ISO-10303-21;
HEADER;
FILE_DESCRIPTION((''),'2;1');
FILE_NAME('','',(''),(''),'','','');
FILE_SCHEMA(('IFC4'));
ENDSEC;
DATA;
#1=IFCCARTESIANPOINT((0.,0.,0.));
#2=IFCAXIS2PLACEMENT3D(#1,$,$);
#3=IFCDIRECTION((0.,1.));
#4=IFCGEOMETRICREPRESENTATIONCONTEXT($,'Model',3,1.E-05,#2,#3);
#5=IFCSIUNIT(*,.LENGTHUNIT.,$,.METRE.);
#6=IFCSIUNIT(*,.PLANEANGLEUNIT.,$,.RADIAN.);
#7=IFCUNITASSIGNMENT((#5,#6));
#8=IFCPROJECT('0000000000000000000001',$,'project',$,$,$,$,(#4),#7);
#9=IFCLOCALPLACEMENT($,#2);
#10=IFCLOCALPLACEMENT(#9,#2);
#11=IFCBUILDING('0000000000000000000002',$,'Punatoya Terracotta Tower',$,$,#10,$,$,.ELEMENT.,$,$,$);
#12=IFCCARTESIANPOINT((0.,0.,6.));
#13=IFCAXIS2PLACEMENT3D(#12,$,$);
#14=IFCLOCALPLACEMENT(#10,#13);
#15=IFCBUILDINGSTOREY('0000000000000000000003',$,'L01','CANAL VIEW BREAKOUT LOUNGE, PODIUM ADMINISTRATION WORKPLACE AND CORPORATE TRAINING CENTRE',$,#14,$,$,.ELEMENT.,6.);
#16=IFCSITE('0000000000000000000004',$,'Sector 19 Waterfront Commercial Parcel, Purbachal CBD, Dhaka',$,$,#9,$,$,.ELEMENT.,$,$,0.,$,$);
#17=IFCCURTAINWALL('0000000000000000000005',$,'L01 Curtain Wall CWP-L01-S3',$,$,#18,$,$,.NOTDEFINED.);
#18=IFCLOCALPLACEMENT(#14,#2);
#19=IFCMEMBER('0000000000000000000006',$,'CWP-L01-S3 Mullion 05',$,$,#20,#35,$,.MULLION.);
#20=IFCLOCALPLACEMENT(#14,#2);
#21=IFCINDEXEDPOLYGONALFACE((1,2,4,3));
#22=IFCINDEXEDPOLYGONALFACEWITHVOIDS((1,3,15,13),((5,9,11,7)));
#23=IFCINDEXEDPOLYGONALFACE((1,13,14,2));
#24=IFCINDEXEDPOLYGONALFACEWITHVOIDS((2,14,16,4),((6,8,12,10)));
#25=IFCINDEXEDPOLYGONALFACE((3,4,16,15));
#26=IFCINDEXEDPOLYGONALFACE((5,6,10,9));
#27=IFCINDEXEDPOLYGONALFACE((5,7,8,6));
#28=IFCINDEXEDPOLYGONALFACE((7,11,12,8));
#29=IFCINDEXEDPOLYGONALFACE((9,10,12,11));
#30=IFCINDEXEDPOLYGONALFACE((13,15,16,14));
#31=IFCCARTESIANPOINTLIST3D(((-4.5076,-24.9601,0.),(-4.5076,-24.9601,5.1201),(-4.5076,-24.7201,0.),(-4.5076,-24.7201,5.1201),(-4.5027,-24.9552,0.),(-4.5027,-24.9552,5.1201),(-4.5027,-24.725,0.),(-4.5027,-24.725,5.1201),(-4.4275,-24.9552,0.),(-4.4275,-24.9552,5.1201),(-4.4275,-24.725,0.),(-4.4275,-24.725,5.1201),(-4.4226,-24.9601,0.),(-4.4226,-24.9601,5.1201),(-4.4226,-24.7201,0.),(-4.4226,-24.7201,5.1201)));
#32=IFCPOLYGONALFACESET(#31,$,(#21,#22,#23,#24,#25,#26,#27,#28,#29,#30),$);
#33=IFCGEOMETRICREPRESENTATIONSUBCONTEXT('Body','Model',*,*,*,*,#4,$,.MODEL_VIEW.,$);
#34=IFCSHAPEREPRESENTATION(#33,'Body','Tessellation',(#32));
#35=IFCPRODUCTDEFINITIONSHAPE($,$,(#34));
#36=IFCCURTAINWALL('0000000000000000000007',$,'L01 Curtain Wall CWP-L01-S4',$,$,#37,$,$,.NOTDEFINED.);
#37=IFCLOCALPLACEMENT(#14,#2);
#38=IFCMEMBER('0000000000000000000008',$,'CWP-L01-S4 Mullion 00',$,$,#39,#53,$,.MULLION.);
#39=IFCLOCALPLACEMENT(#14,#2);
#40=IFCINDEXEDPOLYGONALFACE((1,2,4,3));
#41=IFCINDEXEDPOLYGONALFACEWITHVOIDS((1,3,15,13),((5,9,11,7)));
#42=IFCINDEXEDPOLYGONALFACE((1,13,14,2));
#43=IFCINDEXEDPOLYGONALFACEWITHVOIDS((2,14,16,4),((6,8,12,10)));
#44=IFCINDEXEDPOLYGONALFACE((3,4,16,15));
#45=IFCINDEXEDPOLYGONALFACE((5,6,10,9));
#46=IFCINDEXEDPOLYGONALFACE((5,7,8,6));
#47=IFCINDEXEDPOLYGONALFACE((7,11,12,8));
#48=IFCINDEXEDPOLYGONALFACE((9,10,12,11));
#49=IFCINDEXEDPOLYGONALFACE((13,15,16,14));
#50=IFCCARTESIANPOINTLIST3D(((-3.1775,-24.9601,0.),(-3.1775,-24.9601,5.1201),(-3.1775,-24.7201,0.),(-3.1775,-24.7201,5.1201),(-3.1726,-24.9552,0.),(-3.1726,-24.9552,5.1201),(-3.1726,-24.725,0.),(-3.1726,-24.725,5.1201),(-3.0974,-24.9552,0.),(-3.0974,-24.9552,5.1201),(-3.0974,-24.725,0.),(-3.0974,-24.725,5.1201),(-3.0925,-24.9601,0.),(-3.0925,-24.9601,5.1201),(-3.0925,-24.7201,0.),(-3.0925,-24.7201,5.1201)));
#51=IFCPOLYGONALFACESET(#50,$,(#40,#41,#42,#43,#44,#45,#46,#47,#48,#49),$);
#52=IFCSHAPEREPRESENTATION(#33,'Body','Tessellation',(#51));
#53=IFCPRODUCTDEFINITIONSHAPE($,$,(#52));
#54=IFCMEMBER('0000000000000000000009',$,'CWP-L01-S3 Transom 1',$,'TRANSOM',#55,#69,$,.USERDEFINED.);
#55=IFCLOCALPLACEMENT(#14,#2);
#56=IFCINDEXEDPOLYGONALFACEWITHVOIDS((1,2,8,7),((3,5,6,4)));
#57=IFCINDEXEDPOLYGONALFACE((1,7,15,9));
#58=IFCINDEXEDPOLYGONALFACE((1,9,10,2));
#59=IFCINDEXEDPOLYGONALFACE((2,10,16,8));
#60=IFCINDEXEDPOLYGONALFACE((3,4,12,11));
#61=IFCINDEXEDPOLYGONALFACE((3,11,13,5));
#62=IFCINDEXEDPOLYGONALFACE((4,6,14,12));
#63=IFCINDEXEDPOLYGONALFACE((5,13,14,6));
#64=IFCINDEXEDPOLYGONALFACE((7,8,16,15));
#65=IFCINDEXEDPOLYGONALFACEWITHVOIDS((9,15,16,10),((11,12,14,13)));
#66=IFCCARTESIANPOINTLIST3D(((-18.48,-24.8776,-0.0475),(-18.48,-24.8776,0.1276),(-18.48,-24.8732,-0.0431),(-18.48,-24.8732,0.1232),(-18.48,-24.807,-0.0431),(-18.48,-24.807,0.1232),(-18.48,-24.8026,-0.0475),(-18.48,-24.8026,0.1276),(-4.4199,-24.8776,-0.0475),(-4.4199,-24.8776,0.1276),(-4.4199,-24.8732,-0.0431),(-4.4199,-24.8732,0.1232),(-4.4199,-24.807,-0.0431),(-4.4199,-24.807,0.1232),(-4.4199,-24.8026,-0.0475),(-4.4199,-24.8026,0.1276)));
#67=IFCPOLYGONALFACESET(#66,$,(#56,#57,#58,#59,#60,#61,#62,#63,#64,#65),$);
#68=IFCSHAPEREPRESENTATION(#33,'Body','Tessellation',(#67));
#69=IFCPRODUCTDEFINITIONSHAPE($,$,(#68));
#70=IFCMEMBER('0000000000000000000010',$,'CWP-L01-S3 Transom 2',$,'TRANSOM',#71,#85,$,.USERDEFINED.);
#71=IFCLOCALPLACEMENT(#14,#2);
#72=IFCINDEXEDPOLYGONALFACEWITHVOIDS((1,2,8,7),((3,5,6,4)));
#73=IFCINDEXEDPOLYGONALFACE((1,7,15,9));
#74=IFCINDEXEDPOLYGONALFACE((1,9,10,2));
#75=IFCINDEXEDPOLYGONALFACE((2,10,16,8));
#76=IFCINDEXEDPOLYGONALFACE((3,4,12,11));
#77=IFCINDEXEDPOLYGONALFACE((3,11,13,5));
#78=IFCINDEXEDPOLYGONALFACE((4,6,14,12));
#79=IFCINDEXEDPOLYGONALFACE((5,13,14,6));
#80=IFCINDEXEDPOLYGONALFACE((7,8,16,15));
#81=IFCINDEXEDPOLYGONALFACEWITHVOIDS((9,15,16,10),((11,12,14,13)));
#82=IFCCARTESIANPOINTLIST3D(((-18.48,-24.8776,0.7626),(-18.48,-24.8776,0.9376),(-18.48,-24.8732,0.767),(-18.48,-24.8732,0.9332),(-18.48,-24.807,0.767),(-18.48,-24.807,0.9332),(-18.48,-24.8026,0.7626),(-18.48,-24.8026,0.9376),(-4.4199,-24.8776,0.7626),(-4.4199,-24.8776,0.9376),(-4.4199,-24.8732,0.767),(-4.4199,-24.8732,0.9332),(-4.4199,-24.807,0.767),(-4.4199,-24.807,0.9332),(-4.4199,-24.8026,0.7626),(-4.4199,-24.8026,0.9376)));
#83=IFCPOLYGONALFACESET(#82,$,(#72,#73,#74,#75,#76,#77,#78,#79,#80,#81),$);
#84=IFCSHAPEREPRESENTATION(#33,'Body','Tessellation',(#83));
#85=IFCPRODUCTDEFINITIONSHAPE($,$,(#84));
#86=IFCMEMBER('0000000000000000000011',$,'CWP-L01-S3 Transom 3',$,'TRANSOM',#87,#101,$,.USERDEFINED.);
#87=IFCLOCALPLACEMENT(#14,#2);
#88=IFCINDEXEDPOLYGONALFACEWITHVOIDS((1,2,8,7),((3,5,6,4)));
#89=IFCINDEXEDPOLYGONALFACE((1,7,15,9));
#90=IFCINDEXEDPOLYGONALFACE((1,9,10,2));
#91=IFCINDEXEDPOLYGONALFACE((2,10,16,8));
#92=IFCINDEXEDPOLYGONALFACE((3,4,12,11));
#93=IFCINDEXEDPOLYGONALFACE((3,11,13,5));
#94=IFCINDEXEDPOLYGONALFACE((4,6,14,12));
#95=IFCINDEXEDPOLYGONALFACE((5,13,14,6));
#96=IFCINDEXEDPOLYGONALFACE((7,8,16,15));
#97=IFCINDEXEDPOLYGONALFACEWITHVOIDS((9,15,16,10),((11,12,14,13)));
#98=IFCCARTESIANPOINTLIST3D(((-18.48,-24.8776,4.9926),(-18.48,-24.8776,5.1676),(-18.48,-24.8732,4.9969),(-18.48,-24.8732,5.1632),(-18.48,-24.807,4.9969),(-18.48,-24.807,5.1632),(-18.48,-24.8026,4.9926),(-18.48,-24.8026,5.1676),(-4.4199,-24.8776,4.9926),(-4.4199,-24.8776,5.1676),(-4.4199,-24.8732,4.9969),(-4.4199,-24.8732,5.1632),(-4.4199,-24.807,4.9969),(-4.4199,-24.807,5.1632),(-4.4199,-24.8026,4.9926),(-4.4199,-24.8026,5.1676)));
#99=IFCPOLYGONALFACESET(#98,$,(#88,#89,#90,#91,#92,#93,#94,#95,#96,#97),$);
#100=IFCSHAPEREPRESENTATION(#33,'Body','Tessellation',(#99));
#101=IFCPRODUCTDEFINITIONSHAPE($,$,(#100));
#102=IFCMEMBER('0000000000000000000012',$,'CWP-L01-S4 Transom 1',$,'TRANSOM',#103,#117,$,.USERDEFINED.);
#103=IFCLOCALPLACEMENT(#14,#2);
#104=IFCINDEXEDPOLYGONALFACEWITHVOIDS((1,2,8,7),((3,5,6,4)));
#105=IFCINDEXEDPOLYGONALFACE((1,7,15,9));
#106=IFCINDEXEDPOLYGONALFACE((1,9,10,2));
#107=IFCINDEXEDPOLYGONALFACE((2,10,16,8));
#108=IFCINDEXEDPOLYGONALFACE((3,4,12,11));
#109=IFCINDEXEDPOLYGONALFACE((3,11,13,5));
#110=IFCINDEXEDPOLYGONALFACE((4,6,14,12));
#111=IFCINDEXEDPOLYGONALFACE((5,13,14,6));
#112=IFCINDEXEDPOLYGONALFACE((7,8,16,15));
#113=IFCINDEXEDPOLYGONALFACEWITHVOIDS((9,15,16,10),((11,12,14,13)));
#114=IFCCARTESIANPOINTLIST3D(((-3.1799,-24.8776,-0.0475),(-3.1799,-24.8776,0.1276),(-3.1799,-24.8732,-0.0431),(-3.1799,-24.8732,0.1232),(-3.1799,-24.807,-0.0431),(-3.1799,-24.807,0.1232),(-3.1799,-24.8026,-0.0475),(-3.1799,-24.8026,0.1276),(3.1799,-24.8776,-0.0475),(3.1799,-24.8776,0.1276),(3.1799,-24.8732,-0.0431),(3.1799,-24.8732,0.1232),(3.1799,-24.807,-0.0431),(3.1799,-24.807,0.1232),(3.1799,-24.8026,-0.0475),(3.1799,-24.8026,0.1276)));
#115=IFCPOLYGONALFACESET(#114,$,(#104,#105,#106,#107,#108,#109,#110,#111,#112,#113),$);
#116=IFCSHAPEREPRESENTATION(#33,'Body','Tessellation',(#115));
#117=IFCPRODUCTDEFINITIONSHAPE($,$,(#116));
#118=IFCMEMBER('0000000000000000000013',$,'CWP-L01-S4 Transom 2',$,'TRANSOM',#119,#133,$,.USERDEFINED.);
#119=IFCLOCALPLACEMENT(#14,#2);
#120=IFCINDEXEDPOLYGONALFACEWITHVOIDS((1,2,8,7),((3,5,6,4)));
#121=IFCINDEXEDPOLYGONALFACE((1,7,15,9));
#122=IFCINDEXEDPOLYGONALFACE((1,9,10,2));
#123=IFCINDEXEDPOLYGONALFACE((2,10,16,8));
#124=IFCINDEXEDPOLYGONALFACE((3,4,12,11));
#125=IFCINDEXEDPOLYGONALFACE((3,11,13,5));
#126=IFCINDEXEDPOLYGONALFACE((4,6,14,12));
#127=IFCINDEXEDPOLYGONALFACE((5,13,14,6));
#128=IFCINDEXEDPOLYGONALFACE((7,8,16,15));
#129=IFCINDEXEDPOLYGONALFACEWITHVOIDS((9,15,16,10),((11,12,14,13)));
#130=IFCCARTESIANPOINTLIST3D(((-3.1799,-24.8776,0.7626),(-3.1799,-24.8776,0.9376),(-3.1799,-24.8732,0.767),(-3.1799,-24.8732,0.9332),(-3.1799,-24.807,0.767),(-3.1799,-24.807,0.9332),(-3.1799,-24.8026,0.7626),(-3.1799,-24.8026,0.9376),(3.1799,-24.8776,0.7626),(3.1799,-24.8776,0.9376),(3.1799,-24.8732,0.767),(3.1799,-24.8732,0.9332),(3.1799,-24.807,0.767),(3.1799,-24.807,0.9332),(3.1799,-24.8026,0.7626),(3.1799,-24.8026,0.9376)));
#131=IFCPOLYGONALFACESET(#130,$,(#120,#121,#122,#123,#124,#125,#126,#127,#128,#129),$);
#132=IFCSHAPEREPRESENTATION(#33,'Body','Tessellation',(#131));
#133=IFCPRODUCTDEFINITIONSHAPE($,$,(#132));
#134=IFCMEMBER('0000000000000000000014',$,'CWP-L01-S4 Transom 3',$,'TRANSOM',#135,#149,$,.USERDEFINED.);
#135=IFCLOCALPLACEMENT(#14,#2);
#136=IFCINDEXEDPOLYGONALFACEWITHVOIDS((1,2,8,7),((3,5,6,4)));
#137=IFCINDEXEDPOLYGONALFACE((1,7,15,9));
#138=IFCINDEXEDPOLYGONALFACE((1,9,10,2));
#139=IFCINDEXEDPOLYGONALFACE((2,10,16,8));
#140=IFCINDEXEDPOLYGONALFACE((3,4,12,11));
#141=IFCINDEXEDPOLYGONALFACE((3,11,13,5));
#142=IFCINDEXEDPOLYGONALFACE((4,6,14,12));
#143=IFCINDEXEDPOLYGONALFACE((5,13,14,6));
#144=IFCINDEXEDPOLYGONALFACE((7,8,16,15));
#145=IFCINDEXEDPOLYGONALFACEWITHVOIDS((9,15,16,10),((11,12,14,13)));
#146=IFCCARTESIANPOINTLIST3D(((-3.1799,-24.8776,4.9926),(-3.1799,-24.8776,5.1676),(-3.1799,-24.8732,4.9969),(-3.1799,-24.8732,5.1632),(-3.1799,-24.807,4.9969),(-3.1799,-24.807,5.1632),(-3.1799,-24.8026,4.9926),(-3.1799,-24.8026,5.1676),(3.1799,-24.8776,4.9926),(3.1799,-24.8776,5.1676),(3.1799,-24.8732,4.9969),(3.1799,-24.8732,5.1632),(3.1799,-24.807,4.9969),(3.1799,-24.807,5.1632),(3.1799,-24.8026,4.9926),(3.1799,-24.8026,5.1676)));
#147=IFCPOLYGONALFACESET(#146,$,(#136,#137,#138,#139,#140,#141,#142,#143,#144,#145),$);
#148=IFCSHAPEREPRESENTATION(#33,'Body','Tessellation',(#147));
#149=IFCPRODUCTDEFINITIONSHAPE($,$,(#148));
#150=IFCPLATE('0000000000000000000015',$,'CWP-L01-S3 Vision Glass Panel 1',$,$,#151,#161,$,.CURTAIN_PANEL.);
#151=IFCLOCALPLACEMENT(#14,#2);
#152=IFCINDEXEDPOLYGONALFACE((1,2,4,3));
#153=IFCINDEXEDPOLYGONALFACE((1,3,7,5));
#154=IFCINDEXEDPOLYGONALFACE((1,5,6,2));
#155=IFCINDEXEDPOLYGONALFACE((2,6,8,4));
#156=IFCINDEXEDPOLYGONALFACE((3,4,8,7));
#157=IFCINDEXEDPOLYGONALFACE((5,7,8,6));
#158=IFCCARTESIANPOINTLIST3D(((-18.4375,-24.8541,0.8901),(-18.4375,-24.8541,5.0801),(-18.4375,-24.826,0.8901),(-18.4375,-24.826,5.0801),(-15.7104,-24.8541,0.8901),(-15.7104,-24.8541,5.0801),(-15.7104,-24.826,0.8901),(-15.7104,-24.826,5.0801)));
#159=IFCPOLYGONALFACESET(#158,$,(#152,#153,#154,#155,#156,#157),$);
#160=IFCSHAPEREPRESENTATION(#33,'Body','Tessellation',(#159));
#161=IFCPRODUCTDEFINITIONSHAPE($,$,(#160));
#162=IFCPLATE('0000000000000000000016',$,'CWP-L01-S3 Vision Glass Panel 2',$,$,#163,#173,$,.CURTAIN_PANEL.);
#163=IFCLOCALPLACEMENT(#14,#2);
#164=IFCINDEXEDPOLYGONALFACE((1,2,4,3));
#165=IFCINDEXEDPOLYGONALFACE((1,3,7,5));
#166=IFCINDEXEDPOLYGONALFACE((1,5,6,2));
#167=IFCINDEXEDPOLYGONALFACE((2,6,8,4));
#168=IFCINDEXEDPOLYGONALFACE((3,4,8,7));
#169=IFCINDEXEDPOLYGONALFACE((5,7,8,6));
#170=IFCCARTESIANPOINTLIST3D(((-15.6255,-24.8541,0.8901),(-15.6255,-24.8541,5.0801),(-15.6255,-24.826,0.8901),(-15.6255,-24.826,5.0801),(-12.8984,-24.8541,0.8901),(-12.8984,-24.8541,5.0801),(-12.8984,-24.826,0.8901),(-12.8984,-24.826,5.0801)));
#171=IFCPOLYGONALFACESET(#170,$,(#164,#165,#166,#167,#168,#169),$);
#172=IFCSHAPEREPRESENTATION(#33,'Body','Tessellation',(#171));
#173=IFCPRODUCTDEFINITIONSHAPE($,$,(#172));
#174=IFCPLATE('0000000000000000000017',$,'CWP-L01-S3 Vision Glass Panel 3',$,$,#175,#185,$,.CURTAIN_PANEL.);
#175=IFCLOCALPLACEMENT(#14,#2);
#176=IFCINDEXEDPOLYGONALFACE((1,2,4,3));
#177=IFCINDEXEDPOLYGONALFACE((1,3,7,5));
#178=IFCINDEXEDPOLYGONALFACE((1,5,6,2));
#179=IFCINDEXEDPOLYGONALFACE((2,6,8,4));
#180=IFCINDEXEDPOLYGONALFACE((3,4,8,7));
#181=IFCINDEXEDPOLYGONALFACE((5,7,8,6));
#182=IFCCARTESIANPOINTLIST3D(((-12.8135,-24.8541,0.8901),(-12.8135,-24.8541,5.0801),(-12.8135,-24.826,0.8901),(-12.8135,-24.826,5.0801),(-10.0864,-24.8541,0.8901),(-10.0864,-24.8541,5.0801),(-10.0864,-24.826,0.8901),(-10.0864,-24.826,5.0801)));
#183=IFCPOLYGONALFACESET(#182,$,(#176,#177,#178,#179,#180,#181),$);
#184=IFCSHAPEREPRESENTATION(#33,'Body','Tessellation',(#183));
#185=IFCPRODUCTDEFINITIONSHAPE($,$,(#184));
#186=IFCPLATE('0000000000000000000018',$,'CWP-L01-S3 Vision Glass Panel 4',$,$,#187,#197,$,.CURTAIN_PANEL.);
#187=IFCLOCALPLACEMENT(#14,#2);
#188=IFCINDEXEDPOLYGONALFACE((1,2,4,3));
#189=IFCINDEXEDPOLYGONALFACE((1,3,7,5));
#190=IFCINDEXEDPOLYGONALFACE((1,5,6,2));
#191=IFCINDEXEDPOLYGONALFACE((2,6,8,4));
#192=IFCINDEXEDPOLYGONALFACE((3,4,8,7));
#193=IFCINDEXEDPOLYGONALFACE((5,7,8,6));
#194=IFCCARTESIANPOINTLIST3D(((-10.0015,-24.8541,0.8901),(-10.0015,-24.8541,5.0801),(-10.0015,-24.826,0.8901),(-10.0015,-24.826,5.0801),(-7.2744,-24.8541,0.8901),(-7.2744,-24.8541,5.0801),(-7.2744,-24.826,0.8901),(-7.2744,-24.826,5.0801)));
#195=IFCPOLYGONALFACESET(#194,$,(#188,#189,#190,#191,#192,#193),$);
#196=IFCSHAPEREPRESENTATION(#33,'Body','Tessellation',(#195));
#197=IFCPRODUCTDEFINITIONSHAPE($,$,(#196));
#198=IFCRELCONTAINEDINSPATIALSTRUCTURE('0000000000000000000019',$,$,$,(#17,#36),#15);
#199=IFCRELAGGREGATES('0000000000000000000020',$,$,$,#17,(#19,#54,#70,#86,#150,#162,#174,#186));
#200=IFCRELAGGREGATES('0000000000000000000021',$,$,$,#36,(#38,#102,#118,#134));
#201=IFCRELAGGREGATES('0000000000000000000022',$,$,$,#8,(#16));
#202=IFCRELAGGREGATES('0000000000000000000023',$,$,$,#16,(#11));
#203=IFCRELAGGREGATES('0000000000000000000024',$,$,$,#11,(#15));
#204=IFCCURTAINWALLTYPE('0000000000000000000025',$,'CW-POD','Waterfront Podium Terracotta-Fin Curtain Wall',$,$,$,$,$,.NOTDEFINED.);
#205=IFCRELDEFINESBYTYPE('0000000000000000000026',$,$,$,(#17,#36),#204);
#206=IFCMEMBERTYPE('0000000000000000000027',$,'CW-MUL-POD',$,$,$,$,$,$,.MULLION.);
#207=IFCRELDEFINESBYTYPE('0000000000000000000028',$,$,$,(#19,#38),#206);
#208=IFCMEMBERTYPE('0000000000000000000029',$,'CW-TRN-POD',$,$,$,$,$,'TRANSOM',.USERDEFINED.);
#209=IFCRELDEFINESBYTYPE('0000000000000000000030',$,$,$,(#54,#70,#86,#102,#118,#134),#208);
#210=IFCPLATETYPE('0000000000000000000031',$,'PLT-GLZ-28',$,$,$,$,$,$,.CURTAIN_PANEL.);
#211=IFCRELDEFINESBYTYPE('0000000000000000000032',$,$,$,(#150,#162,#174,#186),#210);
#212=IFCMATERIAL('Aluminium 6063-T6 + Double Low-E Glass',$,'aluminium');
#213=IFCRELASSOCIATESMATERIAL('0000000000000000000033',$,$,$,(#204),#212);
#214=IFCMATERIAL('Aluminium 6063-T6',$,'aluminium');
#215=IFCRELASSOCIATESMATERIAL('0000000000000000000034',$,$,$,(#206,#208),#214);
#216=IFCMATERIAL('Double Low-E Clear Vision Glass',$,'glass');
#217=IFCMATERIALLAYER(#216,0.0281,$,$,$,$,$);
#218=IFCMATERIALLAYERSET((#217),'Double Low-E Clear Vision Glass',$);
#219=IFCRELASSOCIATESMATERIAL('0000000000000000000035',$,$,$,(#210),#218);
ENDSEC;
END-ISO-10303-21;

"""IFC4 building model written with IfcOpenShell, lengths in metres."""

from ifc_helpers import new_model, si_unit, direction, frame, origin, origin_2d, place, context, subcontext, project, spatial, rectangle, hollow_rectangle, extrude, material, layer, layer_set, material_profile, profile_set, type_object, element, aggregate, save


model = new_model("IFC4")

# Units and contexts
model_context = context("Model", 3, precision=1e-05, world=origin(), true_north=direction((0.0, 1.0)))
body_context = subcontext(model_context, "Body", "Model", "MODEL_VIEW")
ifc_project = project(units=[si_unit("LENGTHUNIT", "METRE"), si_unit("PLANEANGLEUNIT", "RADIAN")], contexts=[model_context])

# Site, building, storey
site_placement = place(None, origin())
site = spatial("IfcSite", under=ifc_project, at=site_placement, Name="Sector 19 Waterfront Commercial Parcel, Purbachal CBD, Dhaka", CompositionType="ELEMENT", RefElevation=0.0)
building_placement = place(site_placement, origin())
building = spatial("IfcBuilding", under=site, at=building_placement, Name="Punatoya Terracotta Tower", CompositionType="ELEMENT")
storey_placement = place(building_placement, frame((0.0, 0.0, 6.0)))
storey = spatial("IfcBuildingStorey", under=building, at=storey_placement, Name="L01", Description="CANAL VIEW BREAKOUT LOUNGE, PODIUM ADMINISTRATION WORKPLACE AND CORPORATE TRAINING CENTRE", CompositionType="ELEMENT", Elevation=6.0)

# Curtain wall, member
ifc_material_1 = material(Name="Aluminium 6063-T6 + Double Low-E Glass", Category="aluminium")
curtain_wall_type = type_object("IfcCurtainWallType", Name="CW-POD", Description="Waterfront Podium Terracotta-Fin Curtain Wall", PredefinedType="NOTDEFINED", material=ifc_material_1)
curtain_wall_1_placement = place(storey_placement, origin())
curtain_wall_1 = element("IfcCurtainWall", 1, at=curtain_wall_1_placement, inside=storey, type_object=curtain_wall_type, Name="L01 Curtain Wall CWP-L01-S3", PredefinedType="NOTDEFINED")
ifc_material_2 = material(Name="Aluminium 6063-T6", Category="aluminium")
ifc_material_profile_1 = material_profile(ifc_material_2, hollow_rectangle(XDim=0.085, YDim=0.24, WallThickness=0.0049, at=origin_2d()))
ifc_profile_set_1 = profile_set([ifc_material_profile_1], Name="Aluminium 6063-T6")
member_type_1 = type_object("IfcMemberType", Name="CW-MUL-POD", PredefinedType="MULLION", material=ifc_profile_set_1)
member_1_placement = place(storey_placement, frame((-4.4651, -24.8401, 0.0), z_axis=(0.0, 0.0, 1.0), x_axis=(1.0, 0.0, 0.0)))
member_1 = element("IfcMember", 2, at=member_1_placement, type_object=member_type_1, Name="CWP-L01-S3 Mullion 05", PredefinedType="MULLION", context=body_context, shape_type="SweptSolid", body=[
    extrude(hollow_rectangle(XDim=0.085, YDim=0.24, WallThickness=0.0049, at=origin_2d()), origin(), (0.0, 0.0, 1.0), 5.1201),
])

# Curtain wall, member
curtain_wall_2_placement = place(storey_placement, origin())
curtain_wall_2 = element("IfcCurtainWall", 3, at=curtain_wall_2_placement, inside=storey, type_object=curtain_wall_type, Name="L01 Curtain Wall CWP-L01-S4", PredefinedType="NOTDEFINED")
member_2_placement = place(storey_placement, frame((-3.135, -24.8401, 0.0), z_axis=(0.0, 0.0, 1.0), x_axis=(1.0, 0.0, 0.0)))
member_2 = element("IfcMember", 4, at=member_2_placement, type_object=member_type_1, Name="CWP-L01-S4 Mullion 00", PredefinedType="MULLION", context=body_context, shape_type="SweptSolid", body=[
    extrude(hollow_rectangle(XDim=0.085, YDim=0.24, WallThickness=0.0049, at=origin_2d()), origin(), (0.0, 0.0, 1.0), 5.1201),
])

# Members
ifc_material_profile_2 = material_profile(ifc_material_2, hollow_rectangle(XDim=0.075, YDim=0.175, WallThickness=0.0044, at=origin_2d()))
ifc_profile_set_2 = profile_set([ifc_material_profile_2], Name="Aluminium 6063-T6")
member_type_2 = type_object("IfcMemberType", Name="CW-TRN-POD", ElementType="TRANSOM", PredefinedType="USERDEFINED", material=ifc_profile_set_2)
member_3_placement = place(storey_placement, frame((-18.48, -24.8401, 0.04), z_axis=(1.0, 0.0, 0.0), x_axis=(0.0, 1.0, 0.0)))
member_3 = element("IfcMember", 5, at=member_3_placement, type_object=member_type_2, Name="CWP-L01-S3 Transom 1", ObjectType="TRANSOM", PredefinedType="USERDEFINED", context=body_context, shape_type="SweptSolid", body=[
    extrude(hollow_rectangle(XDim=0.075, YDim=0.175, WallThickness=0.0044, at=origin_2d()), origin(), (0.0, 0.0, 1.0), 14.0601),
])
member_4_placement = place(storey_placement, frame((-18.48, -24.8401, 0.8501), z_axis=(1.0, 0.0, 0.0), x_axis=(0.0, 1.0, 0.0)))
member_4 = element("IfcMember", 6, at=member_4_placement, type_object=member_type_2, Name="CWP-L01-S3 Transom 2", ObjectType="TRANSOM", PredefinedType="USERDEFINED", context=body_context, shape_type="SweptSolid", body=[
    extrude(hollow_rectangle(XDim=0.075, YDim=0.175, WallThickness=0.0044, at=origin_2d()), origin(), (0.0, 0.0, 1.0), 14.0601),
])
member_5_placement = place(storey_placement, frame((-18.48, -24.8401, 5.0801), z_axis=(1.0, 0.0, 0.0), x_axis=(0.0, 1.0, 0.0)))
member_5 = element("IfcMember", 7, at=member_5_placement, type_object=member_type_2, Name="CWP-L01-S3 Transom 3", ObjectType="TRANSOM", PredefinedType="USERDEFINED", context=body_context, shape_type="SweptSolid", body=[
    extrude(hollow_rectangle(XDim=0.075, YDim=0.175, WallThickness=0.0044, at=origin_2d()), origin(), (0.0, 0.0, 1.0), 14.0601),
])
member_6_placement = place(storey_placement, frame((-3.1799, -24.8401, 0.04), z_axis=(1.0, 0.0, 0.0), x_axis=(0.0, 1.0, 0.0)))
member_6 = element("IfcMember", 8, at=member_6_placement, type_object=member_type_2, Name="CWP-L01-S4 Transom 1", ObjectType="TRANSOM", PredefinedType="USERDEFINED", context=body_context, shape_type="SweptSolid", body=[
    extrude(hollow_rectangle(XDim=0.075, YDim=0.175, WallThickness=0.0044, at=origin_2d()), origin(), (0.0, 0.0, 1.0), 6.3599),
])
member_7_placement = place(storey_placement, frame((-3.1799, -24.8401, 0.8501), z_axis=(1.0, 0.0, 0.0), x_axis=(0.0, 1.0, 0.0)))
member_7 = element("IfcMember", 9, at=member_7_placement, type_object=member_type_2, Name="CWP-L01-S4 Transom 2", ObjectType="TRANSOM", PredefinedType="USERDEFINED", context=body_context, shape_type="SweptSolid", body=[
    extrude(hollow_rectangle(XDim=0.075, YDim=0.175, WallThickness=0.0044, at=origin_2d()), origin(), (0.0, 0.0, 1.0), 6.3599),
])
member_8_placement = place(storey_placement, frame((-3.1799, -24.8401, 5.0801), z_axis=(1.0, 0.0, 0.0), x_axis=(0.0, 1.0, 0.0)))
member_8 = element("IfcMember", 10, at=member_8_placement, type_object=member_type_2, Name="CWP-L01-S4 Transom 3", ObjectType="TRANSOM", PredefinedType="USERDEFINED", context=body_context, shape_type="SweptSolid", body=[
    extrude(hollow_rectangle(XDim=0.075, YDim=0.175, WallThickness=0.0044, at=origin_2d()), origin(), (0.0, 0.0, 1.0), 6.3599),
])

# Plates
ifc_material_3 = material(Name="Double Low-E Clear Vision Glass", Category="glass")
ifc_layer_1 = layer(ifc_material_3, 0.0281)
ifc_layer_set_1 = layer_set([ifc_layer_1], Name="Double Low-E Clear Vision Glass")
plate_type_1 = type_object("IfcPlateType", Name="PLT-GLZ-28", PredefinedType="CURTAIN_PANEL", material=ifc_layer_set_1)
plate_1_placement = place(storey_placement, frame((-17.074, -24.8401, 0.8901), z_axis=(0.0, 0.0, 1.0), x_axis=(1.0, 0.0, 0.0)))
plate_1 = element("IfcPlate", 11, at=plate_1_placement, type_object=plate_type_1, Name="CWP-L01-S3 Vision Glass Panel 1", PredefinedType="CURTAIN_PANEL", context=body_context, shape_type="SweptSolid", body=[
    extrude(rectangle(XDim=2.7271, YDim=0.0281, at=origin_2d()), origin(), (0.0, 0.0, 1.0), 4.1899),
])
plate_2_placement = place(storey_placement, frame((-14.262, -24.8401, 0.8901), z_axis=(0.0, 0.0, 1.0), x_axis=(1.0, 0.0, 0.0)))
plate_2 = element("IfcPlate", 12, at=plate_2_placement, type_object=plate_type_1, Name="CWP-L01-S3 Vision Glass Panel 2", PredefinedType="CURTAIN_PANEL", context=body_context, shape_type="SweptSolid", body=[
    extrude(rectangle(XDim=2.7271, YDim=0.0281, at=origin_2d()), origin(), (0.0, 0.0, 1.0), 4.1899),
])
plate_3_placement = place(storey_placement, frame((-11.45, -24.8401, 0.8901), z_axis=(0.0, 0.0, 1.0), x_axis=(1.0, 0.0, 0.0)))
plate_3 = element("IfcPlate", 13, at=plate_3_placement, type_object=plate_type_1, Name="CWP-L01-S3 Vision Glass Panel 3", PredefinedType="CURTAIN_PANEL", context=body_context, shape_type="SweptSolid", body=[
    extrude(rectangle(XDim=2.7271, YDim=0.0281, at=origin_2d()), origin(), (0.0, 0.0, 1.0), 4.1899),
])
plate_4_placement = place(storey_placement, frame((-8.6379, -24.8401, 0.8901), z_axis=(0.0, 0.0, 1.0), x_axis=(1.0, 0.0, 0.0)))
plate_4 = element("IfcPlate", 14, at=plate_4_placement, type_object=plate_type_1, Name="CWP-L01-S3 Vision Glass Panel 4", PredefinedType="CURTAIN_PANEL", context=body_context, shape_type="SweptSolid", body=[
    extrude(rectangle(XDim=2.7271, YDim=0.0281, at=origin_2d()), origin(), (0.0, 0.0, 1.0), 4.1899),
])
aggregate(curtain_wall_1, [member_1, member_3, member_4, member_5, plate_1, plate_2, plate_3, plate_4])
aggregate(curtain_wall_2, [member_2, member_6, member_7, member_8])

save(model, "model.ifc")
